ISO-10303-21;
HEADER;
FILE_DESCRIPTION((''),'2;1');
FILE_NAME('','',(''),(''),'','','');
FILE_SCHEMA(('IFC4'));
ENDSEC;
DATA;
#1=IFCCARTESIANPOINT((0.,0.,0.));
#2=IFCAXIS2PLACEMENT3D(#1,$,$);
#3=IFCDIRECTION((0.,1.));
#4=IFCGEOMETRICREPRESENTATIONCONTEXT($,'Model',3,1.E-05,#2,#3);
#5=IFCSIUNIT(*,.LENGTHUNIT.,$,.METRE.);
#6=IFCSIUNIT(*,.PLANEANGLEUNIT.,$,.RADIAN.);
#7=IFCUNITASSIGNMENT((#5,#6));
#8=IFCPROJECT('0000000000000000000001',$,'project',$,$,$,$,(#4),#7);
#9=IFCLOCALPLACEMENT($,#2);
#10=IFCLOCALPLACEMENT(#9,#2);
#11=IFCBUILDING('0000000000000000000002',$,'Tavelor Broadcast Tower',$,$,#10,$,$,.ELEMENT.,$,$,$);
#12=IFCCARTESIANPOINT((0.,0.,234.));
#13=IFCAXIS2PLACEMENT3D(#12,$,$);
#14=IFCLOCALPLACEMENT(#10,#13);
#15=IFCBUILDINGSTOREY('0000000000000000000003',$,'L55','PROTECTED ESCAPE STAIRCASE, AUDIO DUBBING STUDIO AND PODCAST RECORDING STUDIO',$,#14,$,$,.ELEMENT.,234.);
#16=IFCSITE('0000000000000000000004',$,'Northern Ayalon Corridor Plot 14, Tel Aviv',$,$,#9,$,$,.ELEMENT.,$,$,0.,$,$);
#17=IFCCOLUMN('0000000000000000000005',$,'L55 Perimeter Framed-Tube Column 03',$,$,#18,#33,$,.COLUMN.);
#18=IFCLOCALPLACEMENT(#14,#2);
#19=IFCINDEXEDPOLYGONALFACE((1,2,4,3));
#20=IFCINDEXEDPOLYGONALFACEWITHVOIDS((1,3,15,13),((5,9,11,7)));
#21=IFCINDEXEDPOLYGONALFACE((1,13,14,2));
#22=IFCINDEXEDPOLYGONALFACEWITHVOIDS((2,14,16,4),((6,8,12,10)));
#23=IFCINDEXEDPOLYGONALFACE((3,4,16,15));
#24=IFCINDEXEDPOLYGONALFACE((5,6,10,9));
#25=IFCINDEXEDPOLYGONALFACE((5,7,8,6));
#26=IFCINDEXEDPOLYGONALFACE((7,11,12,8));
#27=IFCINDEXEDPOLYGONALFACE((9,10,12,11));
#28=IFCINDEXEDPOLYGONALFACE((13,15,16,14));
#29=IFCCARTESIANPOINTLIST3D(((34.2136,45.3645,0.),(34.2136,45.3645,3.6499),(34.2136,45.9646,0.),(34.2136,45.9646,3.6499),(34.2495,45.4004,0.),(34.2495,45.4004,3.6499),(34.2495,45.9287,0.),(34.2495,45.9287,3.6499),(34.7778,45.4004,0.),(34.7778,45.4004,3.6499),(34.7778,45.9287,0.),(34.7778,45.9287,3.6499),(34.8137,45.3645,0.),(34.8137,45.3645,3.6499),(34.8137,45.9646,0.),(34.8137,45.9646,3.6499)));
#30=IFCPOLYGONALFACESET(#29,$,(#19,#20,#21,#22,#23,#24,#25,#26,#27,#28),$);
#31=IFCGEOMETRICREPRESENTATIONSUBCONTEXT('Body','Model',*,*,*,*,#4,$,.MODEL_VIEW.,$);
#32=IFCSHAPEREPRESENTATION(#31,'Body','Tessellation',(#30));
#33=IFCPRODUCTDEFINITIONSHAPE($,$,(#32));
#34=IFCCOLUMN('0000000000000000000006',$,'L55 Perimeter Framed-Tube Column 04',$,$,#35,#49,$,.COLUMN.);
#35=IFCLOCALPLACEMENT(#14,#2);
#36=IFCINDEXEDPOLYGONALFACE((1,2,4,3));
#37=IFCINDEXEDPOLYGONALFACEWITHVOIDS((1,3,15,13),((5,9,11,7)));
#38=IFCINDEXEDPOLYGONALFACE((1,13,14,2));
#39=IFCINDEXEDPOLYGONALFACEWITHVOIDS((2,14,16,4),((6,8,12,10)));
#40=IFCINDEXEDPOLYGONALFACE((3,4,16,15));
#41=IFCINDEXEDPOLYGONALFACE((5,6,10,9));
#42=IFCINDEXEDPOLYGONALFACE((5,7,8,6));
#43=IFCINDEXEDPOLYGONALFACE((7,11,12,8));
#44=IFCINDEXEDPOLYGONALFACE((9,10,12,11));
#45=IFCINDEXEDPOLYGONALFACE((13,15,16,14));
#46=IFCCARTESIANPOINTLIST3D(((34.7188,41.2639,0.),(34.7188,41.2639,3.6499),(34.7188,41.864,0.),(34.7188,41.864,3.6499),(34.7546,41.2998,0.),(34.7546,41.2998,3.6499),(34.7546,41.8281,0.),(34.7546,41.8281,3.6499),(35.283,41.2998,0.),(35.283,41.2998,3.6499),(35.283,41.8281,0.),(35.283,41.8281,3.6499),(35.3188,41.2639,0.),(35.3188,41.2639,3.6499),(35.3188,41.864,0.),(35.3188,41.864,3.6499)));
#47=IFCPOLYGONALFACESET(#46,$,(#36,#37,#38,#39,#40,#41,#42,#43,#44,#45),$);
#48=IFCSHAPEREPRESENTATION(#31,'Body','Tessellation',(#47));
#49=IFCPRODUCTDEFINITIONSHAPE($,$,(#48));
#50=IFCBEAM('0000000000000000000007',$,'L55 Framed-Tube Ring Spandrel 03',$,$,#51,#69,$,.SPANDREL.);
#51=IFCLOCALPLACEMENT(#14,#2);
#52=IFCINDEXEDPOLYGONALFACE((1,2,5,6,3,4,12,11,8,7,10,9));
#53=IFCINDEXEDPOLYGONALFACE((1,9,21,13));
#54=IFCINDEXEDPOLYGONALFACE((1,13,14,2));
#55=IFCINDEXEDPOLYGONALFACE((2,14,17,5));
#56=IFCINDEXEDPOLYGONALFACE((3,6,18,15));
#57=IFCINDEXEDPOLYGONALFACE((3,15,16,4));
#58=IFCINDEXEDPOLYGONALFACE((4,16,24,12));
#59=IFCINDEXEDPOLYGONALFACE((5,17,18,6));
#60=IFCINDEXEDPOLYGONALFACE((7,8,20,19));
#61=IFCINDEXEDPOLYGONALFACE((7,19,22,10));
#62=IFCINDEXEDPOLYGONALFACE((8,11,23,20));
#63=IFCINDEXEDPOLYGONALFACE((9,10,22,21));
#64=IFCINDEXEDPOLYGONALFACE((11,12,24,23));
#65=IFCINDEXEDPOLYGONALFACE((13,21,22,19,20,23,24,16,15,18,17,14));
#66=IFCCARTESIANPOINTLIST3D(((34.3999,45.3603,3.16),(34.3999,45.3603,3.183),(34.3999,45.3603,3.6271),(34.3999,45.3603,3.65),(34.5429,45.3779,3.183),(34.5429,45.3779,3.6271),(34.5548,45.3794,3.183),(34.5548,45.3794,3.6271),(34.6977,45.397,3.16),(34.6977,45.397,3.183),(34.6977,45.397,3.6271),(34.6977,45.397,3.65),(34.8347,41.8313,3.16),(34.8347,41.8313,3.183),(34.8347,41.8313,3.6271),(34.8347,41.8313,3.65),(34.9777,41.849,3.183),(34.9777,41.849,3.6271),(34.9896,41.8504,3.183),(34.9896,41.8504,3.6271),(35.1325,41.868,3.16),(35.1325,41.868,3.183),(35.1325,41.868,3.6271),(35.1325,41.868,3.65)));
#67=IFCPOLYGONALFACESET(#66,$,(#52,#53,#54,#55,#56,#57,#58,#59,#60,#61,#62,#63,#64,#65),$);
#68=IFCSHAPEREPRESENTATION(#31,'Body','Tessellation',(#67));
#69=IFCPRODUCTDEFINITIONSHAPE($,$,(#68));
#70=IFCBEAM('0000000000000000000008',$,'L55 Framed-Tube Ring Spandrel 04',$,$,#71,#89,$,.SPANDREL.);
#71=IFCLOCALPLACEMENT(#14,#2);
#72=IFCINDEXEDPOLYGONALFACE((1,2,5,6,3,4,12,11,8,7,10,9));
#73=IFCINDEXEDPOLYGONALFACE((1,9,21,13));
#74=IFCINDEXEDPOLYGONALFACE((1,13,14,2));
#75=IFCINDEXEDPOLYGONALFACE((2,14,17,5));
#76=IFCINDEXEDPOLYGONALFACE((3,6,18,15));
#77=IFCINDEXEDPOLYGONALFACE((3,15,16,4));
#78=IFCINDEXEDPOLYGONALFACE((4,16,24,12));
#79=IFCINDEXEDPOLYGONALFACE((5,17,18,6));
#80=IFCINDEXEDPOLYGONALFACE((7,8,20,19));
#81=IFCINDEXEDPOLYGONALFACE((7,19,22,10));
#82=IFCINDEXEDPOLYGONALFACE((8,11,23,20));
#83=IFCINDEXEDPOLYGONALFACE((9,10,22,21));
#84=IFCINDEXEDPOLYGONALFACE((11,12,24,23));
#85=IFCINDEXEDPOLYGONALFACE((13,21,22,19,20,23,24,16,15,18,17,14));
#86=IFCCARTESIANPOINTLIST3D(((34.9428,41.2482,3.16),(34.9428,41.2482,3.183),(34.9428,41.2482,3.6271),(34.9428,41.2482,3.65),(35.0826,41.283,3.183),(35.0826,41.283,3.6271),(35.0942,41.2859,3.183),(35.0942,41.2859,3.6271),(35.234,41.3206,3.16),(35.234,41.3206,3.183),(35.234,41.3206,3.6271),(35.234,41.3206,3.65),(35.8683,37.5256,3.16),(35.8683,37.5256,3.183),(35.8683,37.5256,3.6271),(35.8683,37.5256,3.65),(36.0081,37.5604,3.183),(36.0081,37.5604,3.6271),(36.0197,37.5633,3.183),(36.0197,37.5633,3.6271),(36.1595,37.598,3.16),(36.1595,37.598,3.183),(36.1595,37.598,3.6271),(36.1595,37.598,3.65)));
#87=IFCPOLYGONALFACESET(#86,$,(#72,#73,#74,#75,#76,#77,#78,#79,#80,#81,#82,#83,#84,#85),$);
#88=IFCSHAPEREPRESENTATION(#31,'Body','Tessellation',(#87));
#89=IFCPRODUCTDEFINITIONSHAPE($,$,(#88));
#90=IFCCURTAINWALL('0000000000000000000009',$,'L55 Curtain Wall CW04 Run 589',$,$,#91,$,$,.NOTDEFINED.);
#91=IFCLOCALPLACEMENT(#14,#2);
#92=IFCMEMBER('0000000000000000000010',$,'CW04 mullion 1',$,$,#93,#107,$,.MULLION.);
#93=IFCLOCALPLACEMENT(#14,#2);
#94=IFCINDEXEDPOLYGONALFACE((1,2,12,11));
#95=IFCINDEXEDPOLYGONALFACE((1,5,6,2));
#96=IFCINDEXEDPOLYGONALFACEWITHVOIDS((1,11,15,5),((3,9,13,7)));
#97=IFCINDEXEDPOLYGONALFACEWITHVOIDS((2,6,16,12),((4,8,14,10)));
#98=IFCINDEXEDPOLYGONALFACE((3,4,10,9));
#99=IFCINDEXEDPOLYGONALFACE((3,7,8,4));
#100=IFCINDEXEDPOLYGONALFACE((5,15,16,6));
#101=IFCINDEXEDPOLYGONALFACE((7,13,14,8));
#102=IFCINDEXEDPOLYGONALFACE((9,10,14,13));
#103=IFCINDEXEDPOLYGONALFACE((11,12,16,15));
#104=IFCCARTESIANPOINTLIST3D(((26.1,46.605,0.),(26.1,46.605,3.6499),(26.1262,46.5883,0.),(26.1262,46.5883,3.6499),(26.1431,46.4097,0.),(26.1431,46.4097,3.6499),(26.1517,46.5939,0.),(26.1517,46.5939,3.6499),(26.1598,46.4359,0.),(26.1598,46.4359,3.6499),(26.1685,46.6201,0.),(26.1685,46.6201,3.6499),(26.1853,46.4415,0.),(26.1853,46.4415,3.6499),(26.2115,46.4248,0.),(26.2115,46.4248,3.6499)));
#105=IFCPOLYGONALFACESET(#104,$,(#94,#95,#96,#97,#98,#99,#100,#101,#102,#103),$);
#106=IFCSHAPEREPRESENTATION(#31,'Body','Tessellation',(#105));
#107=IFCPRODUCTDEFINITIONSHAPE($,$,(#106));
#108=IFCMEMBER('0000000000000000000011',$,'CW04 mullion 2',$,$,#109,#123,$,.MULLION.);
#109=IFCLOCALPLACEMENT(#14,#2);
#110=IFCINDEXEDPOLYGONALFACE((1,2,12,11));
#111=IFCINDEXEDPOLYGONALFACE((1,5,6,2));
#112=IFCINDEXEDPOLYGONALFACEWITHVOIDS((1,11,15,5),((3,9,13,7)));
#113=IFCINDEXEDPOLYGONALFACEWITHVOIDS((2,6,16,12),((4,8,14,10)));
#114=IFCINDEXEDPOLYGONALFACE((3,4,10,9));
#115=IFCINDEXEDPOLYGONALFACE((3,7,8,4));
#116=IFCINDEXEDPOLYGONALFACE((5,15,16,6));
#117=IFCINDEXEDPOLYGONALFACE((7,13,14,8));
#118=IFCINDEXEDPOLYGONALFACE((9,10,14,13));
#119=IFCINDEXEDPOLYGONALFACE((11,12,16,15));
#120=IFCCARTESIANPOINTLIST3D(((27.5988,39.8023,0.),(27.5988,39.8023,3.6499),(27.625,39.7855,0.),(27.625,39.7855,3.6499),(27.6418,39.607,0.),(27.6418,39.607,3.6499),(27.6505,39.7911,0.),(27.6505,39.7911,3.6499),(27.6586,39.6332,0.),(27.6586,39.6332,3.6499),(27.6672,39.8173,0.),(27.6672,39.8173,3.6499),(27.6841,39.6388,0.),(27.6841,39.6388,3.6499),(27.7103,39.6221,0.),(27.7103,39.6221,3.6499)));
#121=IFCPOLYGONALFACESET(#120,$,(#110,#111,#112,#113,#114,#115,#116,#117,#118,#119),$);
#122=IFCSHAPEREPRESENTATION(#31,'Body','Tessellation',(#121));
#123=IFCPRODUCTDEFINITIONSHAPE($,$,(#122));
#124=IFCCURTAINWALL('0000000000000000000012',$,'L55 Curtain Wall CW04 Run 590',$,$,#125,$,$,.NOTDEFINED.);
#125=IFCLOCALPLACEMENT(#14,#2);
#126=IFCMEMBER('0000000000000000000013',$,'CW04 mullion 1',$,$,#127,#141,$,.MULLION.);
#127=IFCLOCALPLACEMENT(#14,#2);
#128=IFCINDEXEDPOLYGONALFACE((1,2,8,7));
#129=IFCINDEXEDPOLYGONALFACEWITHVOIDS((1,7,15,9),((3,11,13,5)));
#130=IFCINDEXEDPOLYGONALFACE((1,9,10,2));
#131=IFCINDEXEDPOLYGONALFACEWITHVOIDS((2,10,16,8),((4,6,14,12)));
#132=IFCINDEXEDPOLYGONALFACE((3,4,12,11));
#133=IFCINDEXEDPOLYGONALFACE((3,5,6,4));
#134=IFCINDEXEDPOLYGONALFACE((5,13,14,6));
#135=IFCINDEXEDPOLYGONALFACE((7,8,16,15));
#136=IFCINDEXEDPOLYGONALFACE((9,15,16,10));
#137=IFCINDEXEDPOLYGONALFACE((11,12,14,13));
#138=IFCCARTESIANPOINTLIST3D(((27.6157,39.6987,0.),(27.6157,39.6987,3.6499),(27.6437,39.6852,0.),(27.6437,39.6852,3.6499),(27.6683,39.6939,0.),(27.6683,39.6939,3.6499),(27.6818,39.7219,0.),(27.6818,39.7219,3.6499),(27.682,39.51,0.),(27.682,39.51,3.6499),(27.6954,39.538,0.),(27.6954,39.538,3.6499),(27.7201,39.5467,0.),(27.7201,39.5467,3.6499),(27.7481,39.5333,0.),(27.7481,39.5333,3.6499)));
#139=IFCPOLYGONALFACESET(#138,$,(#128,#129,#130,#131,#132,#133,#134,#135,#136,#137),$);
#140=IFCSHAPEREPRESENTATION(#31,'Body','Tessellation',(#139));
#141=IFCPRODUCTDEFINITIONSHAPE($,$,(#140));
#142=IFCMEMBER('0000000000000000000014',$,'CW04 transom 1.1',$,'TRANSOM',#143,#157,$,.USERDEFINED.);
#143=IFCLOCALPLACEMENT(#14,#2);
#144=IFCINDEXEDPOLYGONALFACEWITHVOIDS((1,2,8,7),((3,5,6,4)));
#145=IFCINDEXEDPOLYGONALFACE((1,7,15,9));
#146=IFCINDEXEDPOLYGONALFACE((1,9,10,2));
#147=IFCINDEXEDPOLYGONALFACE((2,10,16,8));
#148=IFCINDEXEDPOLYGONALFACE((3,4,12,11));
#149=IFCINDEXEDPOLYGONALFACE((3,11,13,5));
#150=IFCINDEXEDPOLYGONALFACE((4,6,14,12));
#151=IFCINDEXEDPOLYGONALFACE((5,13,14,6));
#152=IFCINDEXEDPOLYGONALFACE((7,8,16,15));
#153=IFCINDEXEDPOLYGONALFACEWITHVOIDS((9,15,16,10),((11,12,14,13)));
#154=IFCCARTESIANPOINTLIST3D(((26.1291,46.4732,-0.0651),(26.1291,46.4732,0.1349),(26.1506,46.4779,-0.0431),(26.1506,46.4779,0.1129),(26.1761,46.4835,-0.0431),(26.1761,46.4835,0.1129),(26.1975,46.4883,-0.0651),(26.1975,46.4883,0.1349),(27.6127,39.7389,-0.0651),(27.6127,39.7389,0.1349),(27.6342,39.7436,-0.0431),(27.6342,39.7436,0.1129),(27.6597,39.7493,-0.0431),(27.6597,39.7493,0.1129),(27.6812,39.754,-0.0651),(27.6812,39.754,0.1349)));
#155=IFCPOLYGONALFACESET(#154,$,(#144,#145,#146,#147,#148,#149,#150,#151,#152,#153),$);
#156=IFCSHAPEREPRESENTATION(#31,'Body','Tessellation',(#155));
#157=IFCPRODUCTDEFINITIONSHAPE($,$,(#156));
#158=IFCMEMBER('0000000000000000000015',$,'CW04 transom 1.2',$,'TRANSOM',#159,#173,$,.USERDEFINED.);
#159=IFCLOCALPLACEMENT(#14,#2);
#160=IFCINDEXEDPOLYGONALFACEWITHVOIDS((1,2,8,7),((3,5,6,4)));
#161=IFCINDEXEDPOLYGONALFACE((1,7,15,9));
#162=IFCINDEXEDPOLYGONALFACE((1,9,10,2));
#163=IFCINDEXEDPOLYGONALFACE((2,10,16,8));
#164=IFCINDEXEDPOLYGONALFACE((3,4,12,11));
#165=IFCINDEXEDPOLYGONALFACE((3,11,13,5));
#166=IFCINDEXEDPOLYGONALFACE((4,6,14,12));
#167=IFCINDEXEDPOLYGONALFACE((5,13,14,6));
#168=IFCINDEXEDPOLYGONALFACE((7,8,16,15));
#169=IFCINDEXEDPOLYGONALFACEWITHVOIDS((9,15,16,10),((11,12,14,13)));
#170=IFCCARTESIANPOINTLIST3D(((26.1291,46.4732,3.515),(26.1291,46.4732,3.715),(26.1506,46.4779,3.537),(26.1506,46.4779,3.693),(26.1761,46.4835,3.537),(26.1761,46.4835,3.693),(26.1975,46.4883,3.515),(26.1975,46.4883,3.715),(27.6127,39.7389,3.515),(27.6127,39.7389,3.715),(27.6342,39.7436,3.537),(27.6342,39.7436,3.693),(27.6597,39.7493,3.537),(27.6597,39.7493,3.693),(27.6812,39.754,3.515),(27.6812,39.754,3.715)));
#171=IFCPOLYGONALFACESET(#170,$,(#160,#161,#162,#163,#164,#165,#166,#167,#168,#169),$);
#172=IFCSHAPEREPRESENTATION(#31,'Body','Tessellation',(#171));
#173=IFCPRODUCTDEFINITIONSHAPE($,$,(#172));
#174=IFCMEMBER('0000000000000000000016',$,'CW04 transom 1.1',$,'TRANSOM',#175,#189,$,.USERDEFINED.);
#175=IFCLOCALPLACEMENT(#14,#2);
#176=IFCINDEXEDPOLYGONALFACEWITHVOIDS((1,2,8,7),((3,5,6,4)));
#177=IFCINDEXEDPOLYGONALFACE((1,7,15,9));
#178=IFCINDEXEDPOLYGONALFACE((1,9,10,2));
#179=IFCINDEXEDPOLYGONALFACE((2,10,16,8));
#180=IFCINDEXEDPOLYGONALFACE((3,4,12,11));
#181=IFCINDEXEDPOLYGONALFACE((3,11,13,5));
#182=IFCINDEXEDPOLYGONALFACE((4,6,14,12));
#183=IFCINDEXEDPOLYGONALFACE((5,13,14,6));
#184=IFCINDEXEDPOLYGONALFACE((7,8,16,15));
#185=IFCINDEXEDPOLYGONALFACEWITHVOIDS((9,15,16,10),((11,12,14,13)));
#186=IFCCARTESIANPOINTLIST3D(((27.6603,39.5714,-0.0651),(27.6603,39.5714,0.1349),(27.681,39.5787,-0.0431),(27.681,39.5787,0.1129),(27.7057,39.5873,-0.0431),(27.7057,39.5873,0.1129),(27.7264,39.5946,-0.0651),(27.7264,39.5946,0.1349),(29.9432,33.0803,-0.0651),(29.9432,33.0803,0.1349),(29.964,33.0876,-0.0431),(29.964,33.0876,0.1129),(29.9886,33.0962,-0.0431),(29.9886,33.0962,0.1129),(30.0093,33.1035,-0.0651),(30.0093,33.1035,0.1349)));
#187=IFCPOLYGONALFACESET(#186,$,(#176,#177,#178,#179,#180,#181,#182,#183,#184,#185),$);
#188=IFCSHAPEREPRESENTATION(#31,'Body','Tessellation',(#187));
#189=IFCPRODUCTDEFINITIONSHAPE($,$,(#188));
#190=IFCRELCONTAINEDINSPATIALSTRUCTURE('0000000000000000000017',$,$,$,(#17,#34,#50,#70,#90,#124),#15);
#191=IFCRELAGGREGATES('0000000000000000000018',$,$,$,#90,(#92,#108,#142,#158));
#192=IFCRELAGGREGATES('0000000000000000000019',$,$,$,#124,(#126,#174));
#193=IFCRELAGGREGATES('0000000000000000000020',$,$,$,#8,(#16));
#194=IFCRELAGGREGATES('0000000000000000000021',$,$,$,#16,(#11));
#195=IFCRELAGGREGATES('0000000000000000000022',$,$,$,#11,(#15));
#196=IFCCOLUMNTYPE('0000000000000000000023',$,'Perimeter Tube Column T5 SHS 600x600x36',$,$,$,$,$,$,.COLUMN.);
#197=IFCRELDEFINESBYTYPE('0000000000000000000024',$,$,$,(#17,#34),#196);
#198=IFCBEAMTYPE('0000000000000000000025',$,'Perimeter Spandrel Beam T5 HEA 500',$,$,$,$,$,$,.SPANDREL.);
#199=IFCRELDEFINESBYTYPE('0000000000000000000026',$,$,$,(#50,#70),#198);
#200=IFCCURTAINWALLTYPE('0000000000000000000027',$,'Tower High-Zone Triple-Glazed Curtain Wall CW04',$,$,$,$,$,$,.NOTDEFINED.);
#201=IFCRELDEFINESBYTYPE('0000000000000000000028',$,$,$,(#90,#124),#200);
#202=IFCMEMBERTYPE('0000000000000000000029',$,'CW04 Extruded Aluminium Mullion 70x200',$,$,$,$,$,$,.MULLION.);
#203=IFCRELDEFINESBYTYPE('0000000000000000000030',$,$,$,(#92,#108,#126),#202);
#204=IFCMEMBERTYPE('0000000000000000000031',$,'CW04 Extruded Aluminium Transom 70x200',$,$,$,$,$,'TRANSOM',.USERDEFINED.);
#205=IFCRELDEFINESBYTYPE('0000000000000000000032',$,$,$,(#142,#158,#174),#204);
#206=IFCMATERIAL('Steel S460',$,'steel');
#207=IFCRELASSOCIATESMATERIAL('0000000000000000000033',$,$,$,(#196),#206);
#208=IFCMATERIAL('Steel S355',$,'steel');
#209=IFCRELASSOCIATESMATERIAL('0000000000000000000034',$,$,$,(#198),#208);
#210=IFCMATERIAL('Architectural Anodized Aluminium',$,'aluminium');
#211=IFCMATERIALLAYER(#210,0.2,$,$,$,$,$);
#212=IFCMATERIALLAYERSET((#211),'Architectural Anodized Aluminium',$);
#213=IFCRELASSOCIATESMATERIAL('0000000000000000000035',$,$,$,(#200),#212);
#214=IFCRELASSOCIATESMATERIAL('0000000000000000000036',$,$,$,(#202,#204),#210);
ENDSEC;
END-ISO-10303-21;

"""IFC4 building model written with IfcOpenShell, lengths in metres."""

from ifc_helpers import new_model, si_unit, direction, frame, origin, origin_2d, place, context, subcontext, project, spatial, hollow_rectangle, i_section, extrude, source, transform, mapped, material, layer, layer_set, material_profile, profile_set, type_object, type_shapes, element, aggregate, save


model = new_model("IFC4")

# Units and contexts
model_context = context("Model", 3, precision=1e-05, world=origin(), true_north=direction((0.0, 1.0)))
body_context = subcontext(model_context, "Body", "Model", "MODEL_VIEW")
ifc_project = project(units=[si_unit("LENGTHUNIT", "METRE"), si_unit("PLANEANGLEUNIT", "RADIAN")], contexts=[model_context])

# Site, building, storey
site_placement = place(None, origin())
site = spatial("IfcSite", under=ifc_project, at=site_placement, Name="Northern Ayalon Corridor Plot 14, Tel Aviv", CompositionType="ELEMENT", RefElevation=0.0)
building_placement = place(site_placement, origin())
building = spatial("IfcBuilding", under=site, at=building_placement, Name="Tavelor Broadcast Tower", CompositionType="ELEMENT")
storey_placement = place(building_placement, frame((0.0, 0.0, 234.0)))
storey = spatial("IfcBuildingStorey", under=building, at=storey_placement, Name="L55", Description="PROTECTED ESCAPE STAIRCASE, AUDIO DUBBING STUDIO AND PODCAST RECORDING STUDIO", CompositionType="ELEMENT", Elevation=234.0)

# Columns
ifc_material_1 = material(Name="Steel S460", Category="steel")
ifc_material_profile_1 = material_profile(ifc_material_1, hollow_rectangle(XDim=0.6001, YDim=0.6001, WallThickness=0.0359, at=origin_2d()), Name="SHS 600x600x36")
ifc_profile_set_1 = profile_set([ifc_material_profile_1], Name="Steel S460")
column_type = type_object("IfcColumnType", Name="Perimeter Tube Column T5 SHS 600x600x36", PredefinedType="COLUMN", material=ifc_profile_set_1)
for number, where, z_axis, x_axis, name in (
    (1, (34.5137, 45.6646, 0.0), (0.0, 0.0, 1.0), (1.0, 0.0, 0.0), "L55 Perimeter Framed-Tube Column 03"),
    (2, (35.0188, 41.564, 0.0), (0.0, 0.0, 1.0), (1.0, 0.0, 0.0), "L55 Perimeter Framed-Tube Column 04"),
):
    element("IfcColumn", number, at=place(storey_placement, frame(where, z_axis=z_axis, x_axis=x_axis)), inside=storey, type_object=column_type, Name=name, PredefinedType="COLUMN", context=body_context, shape_type="SweptSolid", body=[
        extrude(hollow_rectangle(XDim=0.6001, YDim=0.6001, WallThickness=0.0359, at=origin_2d()), origin(), (0.0, 0.0, 1.0), 3.6499),
    ])

# Beams
ifc_material_2 = material(Name="Steel S355", Category="steel")
ifc_material_profile_2 = material_profile(ifc_material_2, i_section(OverallWidth=0.3, OverallDepth=0.49, WebThickness=0.012, FlangeThickness=0.0229, at=origin_2d()), Name="HEA 500")
ifc_profile_set_2 = profile_set([ifc_material_profile_2], Name="Steel S355")
beam_type = type_object("IfcBeamType", Name="Perimeter Spandrel Beam T5 HEA 500", PredefinedType="SPANDREL", material=ifc_profile_set_2)
beam_1_placement = place(storey_placement, frame((34.5488, 45.3787, 3.405), z_axis=(0.122285, -0.992495, 0.0), x_axis=(0.992495, 0.122285, 0.0)))
element("IfcBeam", 3, at=beam_1_placement, inside=storey, type_object=beam_type, Name="L55 Framed-Tube Ring Spandrel 03", PredefinedType="SPANDREL", context=body_context, shape_type="SweptSolid", body=[
    extrude(i_section(OverallWidth=0.3, OverallDepth=0.49, WebThickness=0.012, FlangeThickness=0.0229, at=origin_2d()), origin(), (0.0, 0.0, 1.0), 3.5557),
])
beam_2_placement = place(storey_placement, frame((35.0884, 41.2844, 3.405), z_axis=(0.241278, -0.970456, 0.0), x_axis=(0.970456, 0.241278, 0.0)))
element("IfcBeam", 4, at=beam_2_placement, inside=storey, type_object=beam_type, Name="L55 Framed-Tube Ring Spandrel 04", PredefinedType="SPANDREL", context=body_context, shape_type="SweptSolid", body=[
    extrude(i_section(OverallWidth=0.3, OverallDepth=0.49, WebThickness=0.012, FlangeThickness=0.0229, at=origin_2d()), origin(), (0.0, 0.0, 1.0), 3.8359),
])

# Curtain wall, members
ifc_material_3 = material(Name="Architectural Anodized Aluminium", Category="aluminium")
ifc_layer_1 = layer(ifc_material_3, 0.2)
ifc_layer_set_1 = layer_set([ifc_layer_1], Name="Architectural Anodized Aluminium")
curtain_wall_type = type_object("IfcCurtainWallType", Name="Tower High-Zone Triple-Glazed Curtain Wall CW04", PredefinedType="NOTDEFINED", material=ifc_layer_set_1)
curtain_wall_1_placement = place(storey_placement, origin())
curtain_wall_1 = element("IfcCurtainWall", 5, at=curtain_wall_1_placement, inside=storey, type_object=curtain_wall_type, Name="L55 Curtain Wall CW04 Run 589", PredefinedType="NOTDEFINED")
ifc_material_profile_3 = material_profile(ifc_material_3, hollow_rectangle(XDim=0.0701, YDim=0.2, WallThickness=0.022, at=origin_2d()), Name="RHS 70x200x22")
ifc_profile_set_3 = profile_set([ifc_material_profile_3], Name="Architectural Anodized Aluminium")
member_type_1 = type_object("IfcMemberType", Name="CW04 Extruded Aluminium Mullion 70x200", PredefinedType="MULLION", material=ifc_profile_set_3)
shared_shape_1 = source(origin(), body_context, "Body", "SweptSolid", [
    extrude(hollow_rectangle(XDim=0.0701, YDim=0.2, WallThickness=0.022, at=origin_2d()), origin(), (0.0, 0.0, 1.0), 3.6499),
])
type_shapes(member_type_1, [shared_shape_1])
member_1_placement = place(storey_placement, frame((26.1558, 46.5149, 0.0), z_axis=(0.0, 0.0, 1.0), x_axis=(0.976581, 0.215151, 0.0)))
member_1 = element("IfcMember", 6, at=member_1_placement, type_object=member_type_1, Name="CW04 mullion 1", PredefinedType="MULLION", context=body_context, shape_type="MappedRepresentation", body=[
    mapped(shared_shape_1, transform((0.0, 0.0, 0.0), scale=1.0)),
])
member_2_placement = place(storey_placement, frame((27.6545, 39.7122, 0.0), z_axis=(0.0, 0.0, 1.0), x_axis=(0.976581, 0.215151, 0.0)))
member_2 = element("IfcMember", 7, at=member_2_placement, type_object=member_type_1, Name="CW04 mullion 2", PredefinedType="MULLION", context=body_context, shape_type="MappedRepresentation", body=[
    mapped(shared_shape_1, transform((0.0, 0.0, 0.0), scale=1.0)),
])

# Curtain wall, member
curtain_wall_2_placement = place(storey_placement, origin())
curtain_wall_2 = element("IfcCurtainWall", 8, at=curtain_wall_2_placement, inside=storey, type_object=curtain_wall_type, Name="L55 Curtain Wall CW04 Run 590", PredefinedType="NOTDEFINED")
member_3_placement = place(storey_placement, frame((27.6819, 39.616, 0.0), z_axis=(0.0, 0.0, 1.0), x_axis=(0.943364, 0.33176, 0.0)))
member_3 = element("IfcMember", 9, at=member_3_placement, type_object=member_type_1, Name="CW04 mullion 1", PredefinedType="MULLION", context=body_context, shape_type="MappedRepresentation", body=[
    mapped(shared_shape_1, transform((0.0, 0.0, 0.0), scale=1.0)),
])

# Members
ifc_material_profile_4 = material_profile(ifc_material_3, hollow_rectangle(XDim=0.0701, YDim=0.2, WallThickness=0.022, at=origin_2d()), Name="RHS 70x200x22")
ifc_profile_set_4 = profile_set([ifc_material_profile_4], Name="Architectural Anodized Aluminium")
member_type_2 = type_object("IfcMemberType", Name="CW04 Extruded Aluminium Transom 70x200", ElementType="TRANSOM", PredefinedType="USERDEFINED", material=ifc_profile_set_4)
shared_shape_2 = source(origin(), body_context, "Body", "SweptSolid", [
    extrude(hollow_rectangle(XDim=0.0701, YDim=0.2, WallThickness=0.022, at=origin_2d()), origin(), (0.0, 0.0, 1.0), 6.8958),
])
member_4_placement = place(storey_placement, frame((26.1633, 46.4807, 0.0349), z_axis=(0.215149, -0.976581, 0.0), x_axis=(0.976581, 0.215149, 0.0)))
member_4 = element("IfcMember", 10, at=member_4_placement, type_object=member_type_2, Name="CW04 transom 1.1", ObjectType="TRANSOM", PredefinedType="USERDEFINED", context=body_context, shape_type="MappedRepresentation", body=[
    mapped(shared_shape_2, transform((0.0, 0.0, 0.0), scale=1.0)),
])
member_5_placement = place(storey_placement, frame((26.1633, 46.4807, 3.615), z_axis=(0.215149, -0.976581, 0.0), x_axis=(0.976581, 0.215149, 0.0)))
member_5 = element("IfcMember", 11, at=member_5_placement, type_object=member_type_2, Name="CW04 transom 1.2", ObjectType="TRANSOM", PredefinedType="USERDEFINED", context=body_context, shape_type="MappedRepresentation", body=[
    mapped(shared_shape_2, transform((0.0, 0.0, 0.0), scale=1.0)),
])
shared_shape_3 = source(origin(), body_context, "Body", "SweptSolid", [
    extrude(hollow_rectangle(XDim=0.0701, YDim=0.2, WallThickness=0.022, at=origin_2d()), origin(), (0.0, 0.0, 1.0), 6.8809),
])
type_shapes(member_type_2, [shared_shape_2, shared_shape_3])
member_6_placement = place(storey_placement, frame((27.6934, 39.583, 0.0349), z_axis=(0.331779, -0.943357, 0.0), x_axis=(0.943357, 0.331779, 0.0)))
member_6 = element("IfcMember", 12, at=member_6_placement, type_object=member_type_2, Name="CW04 transom 1.1", ObjectType="TRANSOM", PredefinedType="USERDEFINED", context=body_context, shape_type="MappedRepresentation", body=[
    mapped(shared_shape_3, transform((0.0, 0.0, 0.0), scale=1.0)),
])

aggregate(curtain_wall_1, [member_1, member_2, member_4, member_5])
aggregate(curtain_wall_2, [member_3, member_6])

save(model, "model.ifc")
